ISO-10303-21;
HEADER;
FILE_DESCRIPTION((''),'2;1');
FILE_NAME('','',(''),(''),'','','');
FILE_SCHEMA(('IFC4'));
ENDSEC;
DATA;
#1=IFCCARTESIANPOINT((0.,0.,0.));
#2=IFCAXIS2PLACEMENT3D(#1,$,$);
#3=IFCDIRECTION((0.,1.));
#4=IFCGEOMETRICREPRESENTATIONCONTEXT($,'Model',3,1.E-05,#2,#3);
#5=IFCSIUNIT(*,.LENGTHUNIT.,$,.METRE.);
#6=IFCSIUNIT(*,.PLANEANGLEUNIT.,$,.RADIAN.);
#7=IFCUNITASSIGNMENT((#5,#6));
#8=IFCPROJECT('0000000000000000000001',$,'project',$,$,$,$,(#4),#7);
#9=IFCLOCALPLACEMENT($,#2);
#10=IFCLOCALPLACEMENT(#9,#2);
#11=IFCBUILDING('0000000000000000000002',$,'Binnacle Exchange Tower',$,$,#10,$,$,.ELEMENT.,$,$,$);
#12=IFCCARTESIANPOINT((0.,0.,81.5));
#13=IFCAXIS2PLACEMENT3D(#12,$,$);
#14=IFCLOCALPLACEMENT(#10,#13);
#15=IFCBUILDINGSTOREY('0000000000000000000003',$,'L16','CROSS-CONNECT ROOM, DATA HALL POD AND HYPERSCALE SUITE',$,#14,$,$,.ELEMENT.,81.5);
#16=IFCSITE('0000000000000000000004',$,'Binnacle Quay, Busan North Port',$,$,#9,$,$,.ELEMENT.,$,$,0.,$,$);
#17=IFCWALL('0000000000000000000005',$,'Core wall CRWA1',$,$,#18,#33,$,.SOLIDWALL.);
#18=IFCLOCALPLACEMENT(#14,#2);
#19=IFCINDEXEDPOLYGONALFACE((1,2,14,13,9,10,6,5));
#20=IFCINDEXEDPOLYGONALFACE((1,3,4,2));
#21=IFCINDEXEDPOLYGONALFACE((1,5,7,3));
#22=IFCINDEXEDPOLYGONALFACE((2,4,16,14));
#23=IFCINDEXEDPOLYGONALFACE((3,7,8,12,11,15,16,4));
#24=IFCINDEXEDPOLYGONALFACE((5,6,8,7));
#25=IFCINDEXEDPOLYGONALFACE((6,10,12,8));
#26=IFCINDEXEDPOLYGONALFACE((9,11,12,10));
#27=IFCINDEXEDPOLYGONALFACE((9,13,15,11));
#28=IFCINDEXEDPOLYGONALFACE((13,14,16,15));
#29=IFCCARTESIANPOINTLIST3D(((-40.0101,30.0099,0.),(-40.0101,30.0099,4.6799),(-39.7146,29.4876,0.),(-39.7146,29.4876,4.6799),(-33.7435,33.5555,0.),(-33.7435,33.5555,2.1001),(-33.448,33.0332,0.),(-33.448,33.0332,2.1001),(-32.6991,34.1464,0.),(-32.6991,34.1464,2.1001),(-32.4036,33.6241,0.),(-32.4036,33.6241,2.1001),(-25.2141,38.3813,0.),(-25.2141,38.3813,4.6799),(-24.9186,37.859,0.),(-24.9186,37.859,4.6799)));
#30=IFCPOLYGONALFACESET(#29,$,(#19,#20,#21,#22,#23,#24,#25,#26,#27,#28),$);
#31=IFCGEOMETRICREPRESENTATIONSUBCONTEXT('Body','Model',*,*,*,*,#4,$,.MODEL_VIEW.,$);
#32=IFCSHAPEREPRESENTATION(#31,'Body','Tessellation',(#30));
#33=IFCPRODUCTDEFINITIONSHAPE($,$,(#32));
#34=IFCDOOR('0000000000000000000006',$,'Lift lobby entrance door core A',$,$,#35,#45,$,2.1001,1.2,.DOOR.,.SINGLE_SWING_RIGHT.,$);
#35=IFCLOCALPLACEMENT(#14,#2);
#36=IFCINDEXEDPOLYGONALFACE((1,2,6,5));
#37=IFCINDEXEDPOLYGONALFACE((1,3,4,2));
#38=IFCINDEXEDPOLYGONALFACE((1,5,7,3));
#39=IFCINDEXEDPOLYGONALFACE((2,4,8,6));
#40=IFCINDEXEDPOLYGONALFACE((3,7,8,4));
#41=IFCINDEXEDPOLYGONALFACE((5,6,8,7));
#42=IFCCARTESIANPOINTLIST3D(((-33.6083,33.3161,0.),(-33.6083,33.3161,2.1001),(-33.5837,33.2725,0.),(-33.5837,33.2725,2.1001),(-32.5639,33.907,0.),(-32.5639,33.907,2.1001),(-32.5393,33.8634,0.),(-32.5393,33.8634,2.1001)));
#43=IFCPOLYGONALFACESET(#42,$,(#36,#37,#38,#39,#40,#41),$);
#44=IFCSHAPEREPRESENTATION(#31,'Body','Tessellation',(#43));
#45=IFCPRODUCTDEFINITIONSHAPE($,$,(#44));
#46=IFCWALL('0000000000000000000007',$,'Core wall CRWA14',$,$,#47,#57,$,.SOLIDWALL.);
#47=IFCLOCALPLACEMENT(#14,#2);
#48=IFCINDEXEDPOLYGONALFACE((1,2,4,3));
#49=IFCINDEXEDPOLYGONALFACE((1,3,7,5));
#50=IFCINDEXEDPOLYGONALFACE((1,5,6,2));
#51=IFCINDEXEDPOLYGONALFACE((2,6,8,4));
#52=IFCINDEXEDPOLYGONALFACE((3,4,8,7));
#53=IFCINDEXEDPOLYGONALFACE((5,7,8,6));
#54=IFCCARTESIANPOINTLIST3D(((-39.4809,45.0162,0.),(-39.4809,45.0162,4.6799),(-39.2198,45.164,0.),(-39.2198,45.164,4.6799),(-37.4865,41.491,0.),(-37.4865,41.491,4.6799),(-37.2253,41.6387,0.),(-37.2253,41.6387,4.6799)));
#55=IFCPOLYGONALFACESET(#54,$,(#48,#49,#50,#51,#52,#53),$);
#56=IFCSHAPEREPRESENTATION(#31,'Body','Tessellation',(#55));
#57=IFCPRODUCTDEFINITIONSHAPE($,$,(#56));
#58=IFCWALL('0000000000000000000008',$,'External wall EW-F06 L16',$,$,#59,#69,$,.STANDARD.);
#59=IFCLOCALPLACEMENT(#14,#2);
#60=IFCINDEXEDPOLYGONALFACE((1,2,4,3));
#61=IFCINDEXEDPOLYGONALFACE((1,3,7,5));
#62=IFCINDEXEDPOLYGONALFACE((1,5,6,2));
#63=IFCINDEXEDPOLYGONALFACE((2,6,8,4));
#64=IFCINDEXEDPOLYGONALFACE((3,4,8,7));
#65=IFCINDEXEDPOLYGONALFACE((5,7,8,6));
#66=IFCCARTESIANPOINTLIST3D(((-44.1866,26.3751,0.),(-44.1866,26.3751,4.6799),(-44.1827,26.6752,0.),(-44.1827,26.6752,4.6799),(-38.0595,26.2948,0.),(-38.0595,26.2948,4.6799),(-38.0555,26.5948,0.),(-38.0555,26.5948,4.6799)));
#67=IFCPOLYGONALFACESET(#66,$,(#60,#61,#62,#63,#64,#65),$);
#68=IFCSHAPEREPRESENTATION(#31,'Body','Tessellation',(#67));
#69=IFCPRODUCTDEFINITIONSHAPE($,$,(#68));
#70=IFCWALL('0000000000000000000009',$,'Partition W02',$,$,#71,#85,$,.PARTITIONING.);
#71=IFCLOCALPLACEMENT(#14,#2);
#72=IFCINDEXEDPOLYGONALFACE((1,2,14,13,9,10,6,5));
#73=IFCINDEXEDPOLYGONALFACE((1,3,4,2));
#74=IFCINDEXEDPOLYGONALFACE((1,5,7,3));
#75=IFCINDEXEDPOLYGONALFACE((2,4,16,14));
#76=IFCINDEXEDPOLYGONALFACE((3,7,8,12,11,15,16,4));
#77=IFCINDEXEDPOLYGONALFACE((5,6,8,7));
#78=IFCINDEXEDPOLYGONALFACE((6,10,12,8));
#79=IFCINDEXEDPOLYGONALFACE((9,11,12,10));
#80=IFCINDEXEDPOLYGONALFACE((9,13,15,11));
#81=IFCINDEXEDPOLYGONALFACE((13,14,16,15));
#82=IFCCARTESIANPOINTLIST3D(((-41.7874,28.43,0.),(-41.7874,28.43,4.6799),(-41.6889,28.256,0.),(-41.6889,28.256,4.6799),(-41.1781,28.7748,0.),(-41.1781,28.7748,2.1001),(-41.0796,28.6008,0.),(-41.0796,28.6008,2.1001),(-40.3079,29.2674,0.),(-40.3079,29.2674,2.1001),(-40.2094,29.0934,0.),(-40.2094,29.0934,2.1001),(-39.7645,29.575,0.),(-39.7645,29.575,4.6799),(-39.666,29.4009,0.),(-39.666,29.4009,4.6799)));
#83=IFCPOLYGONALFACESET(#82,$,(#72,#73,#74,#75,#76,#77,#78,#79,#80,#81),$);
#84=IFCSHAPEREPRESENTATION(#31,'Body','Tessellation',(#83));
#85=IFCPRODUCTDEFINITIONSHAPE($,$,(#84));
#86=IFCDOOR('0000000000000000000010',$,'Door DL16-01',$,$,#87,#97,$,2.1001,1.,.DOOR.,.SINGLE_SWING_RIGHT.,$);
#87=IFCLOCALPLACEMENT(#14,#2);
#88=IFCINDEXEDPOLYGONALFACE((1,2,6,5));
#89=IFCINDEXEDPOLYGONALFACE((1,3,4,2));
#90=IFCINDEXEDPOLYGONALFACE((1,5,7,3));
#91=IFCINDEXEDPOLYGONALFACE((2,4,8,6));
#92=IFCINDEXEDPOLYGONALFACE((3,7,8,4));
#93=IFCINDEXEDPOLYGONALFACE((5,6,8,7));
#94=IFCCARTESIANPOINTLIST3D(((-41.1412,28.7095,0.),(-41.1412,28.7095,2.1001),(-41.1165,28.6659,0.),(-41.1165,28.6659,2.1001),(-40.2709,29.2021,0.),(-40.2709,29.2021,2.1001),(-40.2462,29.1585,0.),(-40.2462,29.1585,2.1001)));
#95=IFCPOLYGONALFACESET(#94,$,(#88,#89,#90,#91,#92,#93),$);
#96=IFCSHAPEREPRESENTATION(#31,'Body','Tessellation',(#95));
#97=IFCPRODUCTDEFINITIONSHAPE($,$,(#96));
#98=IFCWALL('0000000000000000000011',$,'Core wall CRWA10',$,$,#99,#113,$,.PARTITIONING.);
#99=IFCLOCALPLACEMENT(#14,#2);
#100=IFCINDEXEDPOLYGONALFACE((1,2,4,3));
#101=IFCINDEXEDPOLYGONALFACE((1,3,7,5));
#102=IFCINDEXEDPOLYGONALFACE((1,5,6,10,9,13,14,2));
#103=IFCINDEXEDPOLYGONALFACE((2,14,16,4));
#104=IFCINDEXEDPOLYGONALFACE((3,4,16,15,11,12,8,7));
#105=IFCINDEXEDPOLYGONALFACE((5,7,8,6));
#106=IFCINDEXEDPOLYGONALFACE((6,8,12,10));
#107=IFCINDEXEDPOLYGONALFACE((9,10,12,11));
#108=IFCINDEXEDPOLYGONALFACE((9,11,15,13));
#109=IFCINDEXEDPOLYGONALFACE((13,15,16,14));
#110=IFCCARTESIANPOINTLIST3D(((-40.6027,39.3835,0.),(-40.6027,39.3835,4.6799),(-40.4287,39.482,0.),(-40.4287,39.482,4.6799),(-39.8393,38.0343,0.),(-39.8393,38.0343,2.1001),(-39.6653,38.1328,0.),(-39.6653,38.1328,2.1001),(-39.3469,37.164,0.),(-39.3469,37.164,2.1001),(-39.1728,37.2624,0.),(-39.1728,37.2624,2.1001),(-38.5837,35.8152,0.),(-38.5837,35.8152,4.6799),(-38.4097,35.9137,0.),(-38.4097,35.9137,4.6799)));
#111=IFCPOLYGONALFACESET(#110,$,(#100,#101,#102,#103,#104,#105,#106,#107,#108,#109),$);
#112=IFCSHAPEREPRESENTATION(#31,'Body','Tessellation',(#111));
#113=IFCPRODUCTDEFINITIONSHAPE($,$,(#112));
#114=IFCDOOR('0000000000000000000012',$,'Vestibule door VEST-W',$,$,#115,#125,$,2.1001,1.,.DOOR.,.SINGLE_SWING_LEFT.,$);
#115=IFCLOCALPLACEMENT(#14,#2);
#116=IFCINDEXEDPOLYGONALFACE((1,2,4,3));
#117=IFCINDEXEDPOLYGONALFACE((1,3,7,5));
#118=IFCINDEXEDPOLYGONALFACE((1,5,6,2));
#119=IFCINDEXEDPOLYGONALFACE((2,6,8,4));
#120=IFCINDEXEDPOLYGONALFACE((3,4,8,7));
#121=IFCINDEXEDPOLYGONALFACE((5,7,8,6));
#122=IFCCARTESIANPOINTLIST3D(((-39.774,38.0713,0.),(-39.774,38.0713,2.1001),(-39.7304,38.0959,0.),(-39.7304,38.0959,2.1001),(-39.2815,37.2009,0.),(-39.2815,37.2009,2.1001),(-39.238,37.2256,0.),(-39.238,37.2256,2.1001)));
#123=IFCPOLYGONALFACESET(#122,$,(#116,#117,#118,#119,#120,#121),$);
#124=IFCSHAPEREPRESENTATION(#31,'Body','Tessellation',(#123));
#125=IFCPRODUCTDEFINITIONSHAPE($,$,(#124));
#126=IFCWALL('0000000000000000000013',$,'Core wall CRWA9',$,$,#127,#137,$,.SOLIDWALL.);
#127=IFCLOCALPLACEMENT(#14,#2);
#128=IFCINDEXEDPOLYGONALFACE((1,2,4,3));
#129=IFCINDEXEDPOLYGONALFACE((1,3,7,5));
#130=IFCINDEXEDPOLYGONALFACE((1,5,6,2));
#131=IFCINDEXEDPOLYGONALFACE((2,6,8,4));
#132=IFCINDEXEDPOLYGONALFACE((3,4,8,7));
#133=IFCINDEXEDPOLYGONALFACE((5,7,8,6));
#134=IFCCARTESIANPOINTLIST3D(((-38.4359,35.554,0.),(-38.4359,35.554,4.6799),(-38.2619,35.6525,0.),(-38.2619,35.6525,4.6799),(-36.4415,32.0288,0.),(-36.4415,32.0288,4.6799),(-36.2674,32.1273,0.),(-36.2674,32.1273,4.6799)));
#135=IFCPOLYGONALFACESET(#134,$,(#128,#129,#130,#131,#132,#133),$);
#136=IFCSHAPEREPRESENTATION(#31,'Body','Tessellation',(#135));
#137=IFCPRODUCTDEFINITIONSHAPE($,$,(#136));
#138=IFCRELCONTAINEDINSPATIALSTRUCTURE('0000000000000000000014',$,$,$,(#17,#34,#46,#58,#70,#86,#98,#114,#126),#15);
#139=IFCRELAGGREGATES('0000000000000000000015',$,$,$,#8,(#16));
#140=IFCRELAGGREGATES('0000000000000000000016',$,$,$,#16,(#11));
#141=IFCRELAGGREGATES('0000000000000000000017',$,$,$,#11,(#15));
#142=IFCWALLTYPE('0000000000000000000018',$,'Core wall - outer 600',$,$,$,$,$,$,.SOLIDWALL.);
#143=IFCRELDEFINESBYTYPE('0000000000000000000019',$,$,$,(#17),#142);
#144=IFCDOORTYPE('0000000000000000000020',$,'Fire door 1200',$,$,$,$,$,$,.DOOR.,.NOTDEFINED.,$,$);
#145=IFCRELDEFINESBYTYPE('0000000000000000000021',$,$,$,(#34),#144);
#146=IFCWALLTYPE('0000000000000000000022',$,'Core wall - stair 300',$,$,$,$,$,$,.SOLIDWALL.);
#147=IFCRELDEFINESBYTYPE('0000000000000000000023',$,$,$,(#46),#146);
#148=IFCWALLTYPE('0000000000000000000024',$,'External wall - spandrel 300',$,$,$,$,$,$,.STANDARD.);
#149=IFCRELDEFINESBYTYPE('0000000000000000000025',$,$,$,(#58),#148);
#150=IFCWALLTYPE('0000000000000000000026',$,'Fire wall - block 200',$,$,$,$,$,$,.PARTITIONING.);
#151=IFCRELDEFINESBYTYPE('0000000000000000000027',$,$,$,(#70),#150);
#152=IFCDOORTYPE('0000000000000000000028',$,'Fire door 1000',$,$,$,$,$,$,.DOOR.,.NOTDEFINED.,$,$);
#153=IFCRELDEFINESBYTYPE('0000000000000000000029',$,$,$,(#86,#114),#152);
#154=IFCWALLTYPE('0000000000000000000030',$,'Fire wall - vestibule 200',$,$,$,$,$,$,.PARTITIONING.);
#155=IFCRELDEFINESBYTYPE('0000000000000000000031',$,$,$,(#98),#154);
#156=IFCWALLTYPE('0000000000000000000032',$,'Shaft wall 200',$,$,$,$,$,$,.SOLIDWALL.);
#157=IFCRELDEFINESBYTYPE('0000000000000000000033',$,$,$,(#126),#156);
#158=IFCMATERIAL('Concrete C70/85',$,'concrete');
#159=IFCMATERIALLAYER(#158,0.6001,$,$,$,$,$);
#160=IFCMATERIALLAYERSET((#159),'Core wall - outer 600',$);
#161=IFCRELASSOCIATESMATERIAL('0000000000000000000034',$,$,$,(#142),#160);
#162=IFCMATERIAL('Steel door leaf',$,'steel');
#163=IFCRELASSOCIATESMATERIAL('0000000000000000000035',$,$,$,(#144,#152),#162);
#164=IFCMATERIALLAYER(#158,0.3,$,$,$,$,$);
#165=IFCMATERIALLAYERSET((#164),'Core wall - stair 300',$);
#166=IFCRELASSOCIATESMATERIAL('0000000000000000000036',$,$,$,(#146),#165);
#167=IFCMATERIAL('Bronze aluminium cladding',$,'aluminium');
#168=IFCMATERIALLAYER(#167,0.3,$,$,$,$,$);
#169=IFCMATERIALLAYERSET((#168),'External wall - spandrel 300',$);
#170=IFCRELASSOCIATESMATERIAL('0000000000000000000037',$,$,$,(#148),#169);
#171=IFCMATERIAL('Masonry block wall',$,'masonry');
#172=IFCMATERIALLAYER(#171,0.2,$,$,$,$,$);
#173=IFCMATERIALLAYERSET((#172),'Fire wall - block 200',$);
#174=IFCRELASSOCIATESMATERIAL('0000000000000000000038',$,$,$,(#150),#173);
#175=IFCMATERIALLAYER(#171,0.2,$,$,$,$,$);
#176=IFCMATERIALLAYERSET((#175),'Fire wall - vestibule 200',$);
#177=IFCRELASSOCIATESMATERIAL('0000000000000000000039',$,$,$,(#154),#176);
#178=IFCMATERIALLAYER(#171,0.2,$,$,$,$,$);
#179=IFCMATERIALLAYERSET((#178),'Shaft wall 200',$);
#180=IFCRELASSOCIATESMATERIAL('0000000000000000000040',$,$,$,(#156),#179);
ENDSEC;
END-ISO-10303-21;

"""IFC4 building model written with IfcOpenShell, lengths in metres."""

from ifc_helpers import new_model, si_unit, direction, frame, frame_2d, origin, place, context, subcontext, project, spatial, rectangle, extrude, material, layer, layer_set, type_object, element, fill, save


model = new_model("IFC4")

# Units and contexts
model_context = context("Model", 3, precision=1e-05, world=origin(), true_north=direction((0.0, 1.0)))
body_context = subcontext(model_context, "Body", "Model", "MODEL_VIEW")
ifc_project = project(units=[si_unit("LENGTHUNIT", "METRE"), si_unit("PLANEANGLEUNIT", "RADIAN")], contexts=[model_context])

# Site, building, storey
site_placement = place(None, origin())
site = spatial("IfcSite", under=ifc_project, at=site_placement, Name="Binnacle Quay, Busan North Port", CompositionType="ELEMENT", RefElevation=0.0)
building_placement = place(site_placement, origin())
building = spatial("IfcBuilding", under=site, at=building_placement, Name="Binnacle Exchange Tower", CompositionType="ELEMENT")
storey_placement = place(building_placement, frame((0.0, 0.0, 81.5)))
storey = spatial("IfcBuildingStorey", under=building, at=storey_placement, Name="L16", Description="CROSS-CONNECT ROOM, DATA HALL POD AND HYPERSCALE SUITE", CompositionType="ELEMENT", Elevation=81.5)

# Shared definitions
ifc_material_1 = material(Name="Concrete C70/85", Category="concrete")

# Shared definitions
ifc_material_2 = material(Name="Steel door leaf", Category="steel")

# Wall, opening, door
ifc_layer_1 = layer(ifc_material_1, 0.6001)
ifc_layer_set_1 = layer_set([ifc_layer_1], Name="Core wall - outer 600")
wall_type_1 = type_object("IfcWallType", Name="Core wall - outer 600", PredefinedType="SOLIDWALL", material=ifc_layer_set_1)
wall_1_placement = place(storey_placement, frame((-39.8623, 29.7488, 0.0), z_axis=(0.0, 0.0, 1.0), x_axis=(0.87035, 0.492433, 0.0)))
wall_1 = element("IfcWall", 1, at=wall_1_placement, inside=storey, type_object=wall_type_1, Name="Core wall CRWA1", PredefinedType="SOLIDWALL", context=body_context, shape_type="SweptSolid", body=[
    extrude(rectangle(XDim=17.0, YDim=0.6001, at=frame_2d((8.5, 0.0))), origin(), (0.0, 0.0, 1.0), 4.6799),
])
opening_1_placement = place(wall_1_placement, frame((7.2, 0.0, 0.0)))
opening_1 = element("IfcOpeningElement", 2, at=opening_1_placement, cuts=wall_1, PredefinedType="OPENING", context=body_context, shape_type="SweptSolid", body=[
    extrude(rectangle(XDim=1.2, YDim=2.1001, at=frame_2d((0.6001, 1.05))), frame((0.0, 0.3101, 0.0), z_axis=(0.0, -1.0, 0.0), x_axis=(1.0, 0.0, 0.0)), (0.0, 0.0, 1.0), 0.6201),
])
door_type_1 = type_object("IfcDoorType", Name="Fire door 1200", OperationType="NOTDEFINED", PredefinedType="DOOR", material=ifc_material_2)
door_1_placement = place(opening_1_placement, frame((1.2, 0.0, 0.0), z_axis=(0.0, 0.0, 1.0), x_axis=(-1.0, 0.0, 0.0)))
door_1 = element("IfcDoor", 3, at=door_1_placement, inside=storey, type_object=door_type_1, Name="Lift lobby entrance door core A", OperationType="SINGLE_SWING_RIGHT", OverallHeight=2.1001, OverallWidth=1.2, PredefinedType="DOOR", context=body_context, shape_type="SweptSolid", body=[
    extrude(rectangle(XDim=1.2, YDim=2.1001, at=frame_2d((0.6001, 1.05))), frame((0.0, 0.0249, 0.0), z_axis=(0.0, -1.0, 0.0), x_axis=(1.0, 0.0, 0.0)), (0.0, 0.0, 1.0), 0.05),
])
fill(opening_1, door_1)

# Walls
ifc_layer_2 = layer(ifc_material_1, 0.3)
ifc_layer_set_2 = layer_set([ifc_layer_2], Name="Core wall - stair 300")
wall_type_2 = type_object("IfcWallType", Name="Core wall - stair 300", PredefinedType="SOLIDWALL", material=ifc_layer_set_2)
wall_2_placement = place(storey_placement, frame((-39.3503, 45.0901, 0.0), z_axis=(0.0, 0.0, 1.0), x_axis=(0.492415, -0.870361, 0.0)))
element("IfcWall", 4, at=wall_2_placement, inside=storey, type_object=wall_type_2, Name="Core wall CRWA14", PredefinedType="SOLIDWALL", context=body_context, shape_type="SweptSolid", body=[
    extrude(rectangle(XDim=4.0503, YDim=0.3, at=frame_2d((2.0251, 0.0))), origin(), (0.0, 0.0, 1.0), 4.6799),
])
ifc_material_3 = material(Name="Bronze aluminium cladding", Category="aluminium")
ifc_layer_3 = layer(ifc_material_3, 0.3)
ifc_layer_set_3 = layer_set([ifc_layer_3], Name="External wall - spandrel 300")
wall_type_3 = type_object("IfcWallType", Name="External wall - spandrel 300", PredefinedType="STANDARD", material=ifc_layer_set_3)
wall_3_placement = place(storey_placement, frame((-38.0574, 26.4448, 0.0), z_axis=(0.0, 0.0, 1.0), x_axis=(-0.999914, 0.013108, 0.0)))
element("IfcWall", 5, at=wall_3_placement, inside=storey, type_object=wall_type_3, Name="External wall EW-F06 L16", PredefinedType="STANDARD", context=body_context, shape_type="SweptSolid", body=[
    extrude(rectangle(XDim=6.1277, YDim=0.3, at=frame_2d((3.064, 0.0))), origin(), (0.0, 0.0, 1.0), 4.6799),
])

# Walls, openings, doors
ifc_material_4 = material(Name="Masonry block wall", Category="masonry")
ifc_layer_4 = layer(ifc_material_4, 0.2)
ifc_layer_set_4 = layer_set([ifc_layer_4], Name="Fire wall - block 200")
wall_type_4 = type_object("IfcWallType", Name="Fire wall - block 200", PredefinedType="PARTITIONING", material=ifc_layer_set_4)
wall_4_placement = place(storey_placement, frame((-41.738, 28.343, 0.0), z_axis=(0.0, 0.0, 1.0), x_axis=(0.870265, 0.492583, 0.0)))
wall_4 = element("IfcWall", 6, at=wall_4_placement, inside=storey, type_object=wall_type_4, Name="Partition W02", PredefinedType="PARTITIONING", context=body_context, shape_type="SweptSolid", body=[
    extrude(rectangle(XDim=2.3245, YDim=0.2, at=frame_2d((1.1621, 0.0))), origin(), (0.0, 0.0, 1.0), 4.6799),
])
opening_2_placement = place(wall_4_placement, frame((0.7, 0.0, 0.0)))
opening_2 = element("IfcOpeningElement", 7, at=opening_2_placement, cuts=wall_4, PredefinedType="OPENING", context=body_context, shape_type="SweptSolid", body=[
    extrude(rectangle(XDim=1.0, YDim=2.1001, at=frame_2d((0.5, 1.05))), frame((0.0, 0.1099, 0.0), z_axis=(0.0, -1.0, 0.0), x_axis=(1.0, 0.0, 0.0)), (0.0, 0.0, 1.0), 0.22),
])
door_type_2 = type_object("IfcDoorType", Name="Fire door 1000", OperationType="NOTDEFINED", PredefinedType="DOOR", material=ifc_material_2)
door_2_placement = place(opening_2_placement, origin())
door_2 = element("IfcDoor", 8, at=door_2_placement, inside=storey, type_object=door_type_2, Name="Door DL16-01", OperationType="SINGLE_SWING_RIGHT", OverallHeight=2.1001, OverallWidth=1.0, PredefinedType="DOOR", context=body_context, shape_type="SweptSolid", body=[
    extrude(rectangle(XDim=1.0, YDim=2.1001, at=frame_2d((0.5, 1.05))), frame((0.0, 0.0249, 0.0), z_axis=(0.0, -1.0, 0.0), x_axis=(1.0, 0.0, 0.0)), (0.0, 0.0, 1.0), 0.05),
])
fill(opening_2, door_2)
ifc_layer_5 = layer(ifc_material_4, 0.2)
ifc_layer_set_5 = layer_set([ifc_layer_5], Name="Fire wall - vestibule 200")
wall_type_5 = type_object("IfcWallType", Name="Fire wall - vestibule 200", PredefinedType="PARTITIONING", material=ifc_layer_set_5)
wall_5_placement = place(storey_placement, frame((-40.5156, 39.4326, 0.0), z_axis=(0.0, 0.0, 1.0), x_axis=(0.492454, -0.870339, 0.0)))
wall_5 = element("IfcWall", 9, at=wall_5_placement, inside=storey, type_object=wall_type_5, Name="Core wall CRWA10", PredefinedType="PARTITIONING", context=body_context, shape_type="SweptSolid", body=[
    extrude(rectangle(XDim=4.0999, YDim=0.2, at=frame_2d((2.0498, 0.0))), origin(), (0.0, 0.0, 1.0), 4.6799),
])
opening_3_placement = place(wall_5_placement, frame((1.55, 0.0, 0.0)))
opening_3 = element("IfcOpeningElement", 10, at=opening_3_placement, cuts=wall_5, PredefinedType="OPENING", context=body_context, shape_type="SweptSolid", body=[
    extrude(rectangle(XDim=1.0, YDim=2.1001, at=frame_2d((0.5, 1.05))), frame((0.0, 0.1099, 0.0), z_axis=(0.0, -1.0, 0.0), x_axis=(1.0, 0.0, 0.0)), (0.0, 0.0, 1.0), 0.22),
])
door_3_placement = place(opening_3_placement, frame((1.0, 0.0, 0.0), z_axis=(0.0, 0.0, 1.0), x_axis=(-1.0, 0.0, 0.0)))
door_3 = element("IfcDoor", 11, at=door_3_placement, inside=storey, type_object=door_type_2, Name="Vestibule door VEST-W", OperationType="SINGLE_SWING_LEFT", OverallHeight=2.1001, OverallWidth=1.0, PredefinedType="DOOR", context=body_context, shape_type="SweptSolid", body=[
    extrude(rectangle(XDim=1.0, YDim=2.1001, at=frame_2d((0.5, 1.05))), frame((0.0, 0.0249, 0.0), z_axis=(0.0, -1.0, 0.0), x_axis=(1.0, 0.0, 0.0)), (0.0, 0.0, 1.0), 0.05),
])
fill(opening_3, door_3)

# Wall
ifc_layer_6 = layer(ifc_material_4, 0.2)
ifc_layer_set_6 = layer_set([ifc_layer_6], Name="Shaft wall 200")
wall_type_6 = type_object("IfcWallType", Name="Shaft wall 200", PredefinedType="SOLIDWALL", material=ifc_layer_set_6)
wall_6_placement = place(storey_placement, frame((-38.3489, 35.6033, 0.0), z_axis=(0.0, 0.0, 1.0), x_axis=(0.492415, -0.870361, 0.0)))
element("IfcWall", 12, at=wall_6_placement, inside=storey, type_object=wall_type_6, Name="Core wall CRWA9", PredefinedType="SOLIDWALL", context=body_context, shape_type="SweptSolid", body=[
    extrude(rectangle(XDim=4.0503, YDim=0.2, at=frame_2d((2.0251, 0.0))), origin(), (0.0, 0.0, 1.0), 4.6799),
])

save(model, "model.ifc")
